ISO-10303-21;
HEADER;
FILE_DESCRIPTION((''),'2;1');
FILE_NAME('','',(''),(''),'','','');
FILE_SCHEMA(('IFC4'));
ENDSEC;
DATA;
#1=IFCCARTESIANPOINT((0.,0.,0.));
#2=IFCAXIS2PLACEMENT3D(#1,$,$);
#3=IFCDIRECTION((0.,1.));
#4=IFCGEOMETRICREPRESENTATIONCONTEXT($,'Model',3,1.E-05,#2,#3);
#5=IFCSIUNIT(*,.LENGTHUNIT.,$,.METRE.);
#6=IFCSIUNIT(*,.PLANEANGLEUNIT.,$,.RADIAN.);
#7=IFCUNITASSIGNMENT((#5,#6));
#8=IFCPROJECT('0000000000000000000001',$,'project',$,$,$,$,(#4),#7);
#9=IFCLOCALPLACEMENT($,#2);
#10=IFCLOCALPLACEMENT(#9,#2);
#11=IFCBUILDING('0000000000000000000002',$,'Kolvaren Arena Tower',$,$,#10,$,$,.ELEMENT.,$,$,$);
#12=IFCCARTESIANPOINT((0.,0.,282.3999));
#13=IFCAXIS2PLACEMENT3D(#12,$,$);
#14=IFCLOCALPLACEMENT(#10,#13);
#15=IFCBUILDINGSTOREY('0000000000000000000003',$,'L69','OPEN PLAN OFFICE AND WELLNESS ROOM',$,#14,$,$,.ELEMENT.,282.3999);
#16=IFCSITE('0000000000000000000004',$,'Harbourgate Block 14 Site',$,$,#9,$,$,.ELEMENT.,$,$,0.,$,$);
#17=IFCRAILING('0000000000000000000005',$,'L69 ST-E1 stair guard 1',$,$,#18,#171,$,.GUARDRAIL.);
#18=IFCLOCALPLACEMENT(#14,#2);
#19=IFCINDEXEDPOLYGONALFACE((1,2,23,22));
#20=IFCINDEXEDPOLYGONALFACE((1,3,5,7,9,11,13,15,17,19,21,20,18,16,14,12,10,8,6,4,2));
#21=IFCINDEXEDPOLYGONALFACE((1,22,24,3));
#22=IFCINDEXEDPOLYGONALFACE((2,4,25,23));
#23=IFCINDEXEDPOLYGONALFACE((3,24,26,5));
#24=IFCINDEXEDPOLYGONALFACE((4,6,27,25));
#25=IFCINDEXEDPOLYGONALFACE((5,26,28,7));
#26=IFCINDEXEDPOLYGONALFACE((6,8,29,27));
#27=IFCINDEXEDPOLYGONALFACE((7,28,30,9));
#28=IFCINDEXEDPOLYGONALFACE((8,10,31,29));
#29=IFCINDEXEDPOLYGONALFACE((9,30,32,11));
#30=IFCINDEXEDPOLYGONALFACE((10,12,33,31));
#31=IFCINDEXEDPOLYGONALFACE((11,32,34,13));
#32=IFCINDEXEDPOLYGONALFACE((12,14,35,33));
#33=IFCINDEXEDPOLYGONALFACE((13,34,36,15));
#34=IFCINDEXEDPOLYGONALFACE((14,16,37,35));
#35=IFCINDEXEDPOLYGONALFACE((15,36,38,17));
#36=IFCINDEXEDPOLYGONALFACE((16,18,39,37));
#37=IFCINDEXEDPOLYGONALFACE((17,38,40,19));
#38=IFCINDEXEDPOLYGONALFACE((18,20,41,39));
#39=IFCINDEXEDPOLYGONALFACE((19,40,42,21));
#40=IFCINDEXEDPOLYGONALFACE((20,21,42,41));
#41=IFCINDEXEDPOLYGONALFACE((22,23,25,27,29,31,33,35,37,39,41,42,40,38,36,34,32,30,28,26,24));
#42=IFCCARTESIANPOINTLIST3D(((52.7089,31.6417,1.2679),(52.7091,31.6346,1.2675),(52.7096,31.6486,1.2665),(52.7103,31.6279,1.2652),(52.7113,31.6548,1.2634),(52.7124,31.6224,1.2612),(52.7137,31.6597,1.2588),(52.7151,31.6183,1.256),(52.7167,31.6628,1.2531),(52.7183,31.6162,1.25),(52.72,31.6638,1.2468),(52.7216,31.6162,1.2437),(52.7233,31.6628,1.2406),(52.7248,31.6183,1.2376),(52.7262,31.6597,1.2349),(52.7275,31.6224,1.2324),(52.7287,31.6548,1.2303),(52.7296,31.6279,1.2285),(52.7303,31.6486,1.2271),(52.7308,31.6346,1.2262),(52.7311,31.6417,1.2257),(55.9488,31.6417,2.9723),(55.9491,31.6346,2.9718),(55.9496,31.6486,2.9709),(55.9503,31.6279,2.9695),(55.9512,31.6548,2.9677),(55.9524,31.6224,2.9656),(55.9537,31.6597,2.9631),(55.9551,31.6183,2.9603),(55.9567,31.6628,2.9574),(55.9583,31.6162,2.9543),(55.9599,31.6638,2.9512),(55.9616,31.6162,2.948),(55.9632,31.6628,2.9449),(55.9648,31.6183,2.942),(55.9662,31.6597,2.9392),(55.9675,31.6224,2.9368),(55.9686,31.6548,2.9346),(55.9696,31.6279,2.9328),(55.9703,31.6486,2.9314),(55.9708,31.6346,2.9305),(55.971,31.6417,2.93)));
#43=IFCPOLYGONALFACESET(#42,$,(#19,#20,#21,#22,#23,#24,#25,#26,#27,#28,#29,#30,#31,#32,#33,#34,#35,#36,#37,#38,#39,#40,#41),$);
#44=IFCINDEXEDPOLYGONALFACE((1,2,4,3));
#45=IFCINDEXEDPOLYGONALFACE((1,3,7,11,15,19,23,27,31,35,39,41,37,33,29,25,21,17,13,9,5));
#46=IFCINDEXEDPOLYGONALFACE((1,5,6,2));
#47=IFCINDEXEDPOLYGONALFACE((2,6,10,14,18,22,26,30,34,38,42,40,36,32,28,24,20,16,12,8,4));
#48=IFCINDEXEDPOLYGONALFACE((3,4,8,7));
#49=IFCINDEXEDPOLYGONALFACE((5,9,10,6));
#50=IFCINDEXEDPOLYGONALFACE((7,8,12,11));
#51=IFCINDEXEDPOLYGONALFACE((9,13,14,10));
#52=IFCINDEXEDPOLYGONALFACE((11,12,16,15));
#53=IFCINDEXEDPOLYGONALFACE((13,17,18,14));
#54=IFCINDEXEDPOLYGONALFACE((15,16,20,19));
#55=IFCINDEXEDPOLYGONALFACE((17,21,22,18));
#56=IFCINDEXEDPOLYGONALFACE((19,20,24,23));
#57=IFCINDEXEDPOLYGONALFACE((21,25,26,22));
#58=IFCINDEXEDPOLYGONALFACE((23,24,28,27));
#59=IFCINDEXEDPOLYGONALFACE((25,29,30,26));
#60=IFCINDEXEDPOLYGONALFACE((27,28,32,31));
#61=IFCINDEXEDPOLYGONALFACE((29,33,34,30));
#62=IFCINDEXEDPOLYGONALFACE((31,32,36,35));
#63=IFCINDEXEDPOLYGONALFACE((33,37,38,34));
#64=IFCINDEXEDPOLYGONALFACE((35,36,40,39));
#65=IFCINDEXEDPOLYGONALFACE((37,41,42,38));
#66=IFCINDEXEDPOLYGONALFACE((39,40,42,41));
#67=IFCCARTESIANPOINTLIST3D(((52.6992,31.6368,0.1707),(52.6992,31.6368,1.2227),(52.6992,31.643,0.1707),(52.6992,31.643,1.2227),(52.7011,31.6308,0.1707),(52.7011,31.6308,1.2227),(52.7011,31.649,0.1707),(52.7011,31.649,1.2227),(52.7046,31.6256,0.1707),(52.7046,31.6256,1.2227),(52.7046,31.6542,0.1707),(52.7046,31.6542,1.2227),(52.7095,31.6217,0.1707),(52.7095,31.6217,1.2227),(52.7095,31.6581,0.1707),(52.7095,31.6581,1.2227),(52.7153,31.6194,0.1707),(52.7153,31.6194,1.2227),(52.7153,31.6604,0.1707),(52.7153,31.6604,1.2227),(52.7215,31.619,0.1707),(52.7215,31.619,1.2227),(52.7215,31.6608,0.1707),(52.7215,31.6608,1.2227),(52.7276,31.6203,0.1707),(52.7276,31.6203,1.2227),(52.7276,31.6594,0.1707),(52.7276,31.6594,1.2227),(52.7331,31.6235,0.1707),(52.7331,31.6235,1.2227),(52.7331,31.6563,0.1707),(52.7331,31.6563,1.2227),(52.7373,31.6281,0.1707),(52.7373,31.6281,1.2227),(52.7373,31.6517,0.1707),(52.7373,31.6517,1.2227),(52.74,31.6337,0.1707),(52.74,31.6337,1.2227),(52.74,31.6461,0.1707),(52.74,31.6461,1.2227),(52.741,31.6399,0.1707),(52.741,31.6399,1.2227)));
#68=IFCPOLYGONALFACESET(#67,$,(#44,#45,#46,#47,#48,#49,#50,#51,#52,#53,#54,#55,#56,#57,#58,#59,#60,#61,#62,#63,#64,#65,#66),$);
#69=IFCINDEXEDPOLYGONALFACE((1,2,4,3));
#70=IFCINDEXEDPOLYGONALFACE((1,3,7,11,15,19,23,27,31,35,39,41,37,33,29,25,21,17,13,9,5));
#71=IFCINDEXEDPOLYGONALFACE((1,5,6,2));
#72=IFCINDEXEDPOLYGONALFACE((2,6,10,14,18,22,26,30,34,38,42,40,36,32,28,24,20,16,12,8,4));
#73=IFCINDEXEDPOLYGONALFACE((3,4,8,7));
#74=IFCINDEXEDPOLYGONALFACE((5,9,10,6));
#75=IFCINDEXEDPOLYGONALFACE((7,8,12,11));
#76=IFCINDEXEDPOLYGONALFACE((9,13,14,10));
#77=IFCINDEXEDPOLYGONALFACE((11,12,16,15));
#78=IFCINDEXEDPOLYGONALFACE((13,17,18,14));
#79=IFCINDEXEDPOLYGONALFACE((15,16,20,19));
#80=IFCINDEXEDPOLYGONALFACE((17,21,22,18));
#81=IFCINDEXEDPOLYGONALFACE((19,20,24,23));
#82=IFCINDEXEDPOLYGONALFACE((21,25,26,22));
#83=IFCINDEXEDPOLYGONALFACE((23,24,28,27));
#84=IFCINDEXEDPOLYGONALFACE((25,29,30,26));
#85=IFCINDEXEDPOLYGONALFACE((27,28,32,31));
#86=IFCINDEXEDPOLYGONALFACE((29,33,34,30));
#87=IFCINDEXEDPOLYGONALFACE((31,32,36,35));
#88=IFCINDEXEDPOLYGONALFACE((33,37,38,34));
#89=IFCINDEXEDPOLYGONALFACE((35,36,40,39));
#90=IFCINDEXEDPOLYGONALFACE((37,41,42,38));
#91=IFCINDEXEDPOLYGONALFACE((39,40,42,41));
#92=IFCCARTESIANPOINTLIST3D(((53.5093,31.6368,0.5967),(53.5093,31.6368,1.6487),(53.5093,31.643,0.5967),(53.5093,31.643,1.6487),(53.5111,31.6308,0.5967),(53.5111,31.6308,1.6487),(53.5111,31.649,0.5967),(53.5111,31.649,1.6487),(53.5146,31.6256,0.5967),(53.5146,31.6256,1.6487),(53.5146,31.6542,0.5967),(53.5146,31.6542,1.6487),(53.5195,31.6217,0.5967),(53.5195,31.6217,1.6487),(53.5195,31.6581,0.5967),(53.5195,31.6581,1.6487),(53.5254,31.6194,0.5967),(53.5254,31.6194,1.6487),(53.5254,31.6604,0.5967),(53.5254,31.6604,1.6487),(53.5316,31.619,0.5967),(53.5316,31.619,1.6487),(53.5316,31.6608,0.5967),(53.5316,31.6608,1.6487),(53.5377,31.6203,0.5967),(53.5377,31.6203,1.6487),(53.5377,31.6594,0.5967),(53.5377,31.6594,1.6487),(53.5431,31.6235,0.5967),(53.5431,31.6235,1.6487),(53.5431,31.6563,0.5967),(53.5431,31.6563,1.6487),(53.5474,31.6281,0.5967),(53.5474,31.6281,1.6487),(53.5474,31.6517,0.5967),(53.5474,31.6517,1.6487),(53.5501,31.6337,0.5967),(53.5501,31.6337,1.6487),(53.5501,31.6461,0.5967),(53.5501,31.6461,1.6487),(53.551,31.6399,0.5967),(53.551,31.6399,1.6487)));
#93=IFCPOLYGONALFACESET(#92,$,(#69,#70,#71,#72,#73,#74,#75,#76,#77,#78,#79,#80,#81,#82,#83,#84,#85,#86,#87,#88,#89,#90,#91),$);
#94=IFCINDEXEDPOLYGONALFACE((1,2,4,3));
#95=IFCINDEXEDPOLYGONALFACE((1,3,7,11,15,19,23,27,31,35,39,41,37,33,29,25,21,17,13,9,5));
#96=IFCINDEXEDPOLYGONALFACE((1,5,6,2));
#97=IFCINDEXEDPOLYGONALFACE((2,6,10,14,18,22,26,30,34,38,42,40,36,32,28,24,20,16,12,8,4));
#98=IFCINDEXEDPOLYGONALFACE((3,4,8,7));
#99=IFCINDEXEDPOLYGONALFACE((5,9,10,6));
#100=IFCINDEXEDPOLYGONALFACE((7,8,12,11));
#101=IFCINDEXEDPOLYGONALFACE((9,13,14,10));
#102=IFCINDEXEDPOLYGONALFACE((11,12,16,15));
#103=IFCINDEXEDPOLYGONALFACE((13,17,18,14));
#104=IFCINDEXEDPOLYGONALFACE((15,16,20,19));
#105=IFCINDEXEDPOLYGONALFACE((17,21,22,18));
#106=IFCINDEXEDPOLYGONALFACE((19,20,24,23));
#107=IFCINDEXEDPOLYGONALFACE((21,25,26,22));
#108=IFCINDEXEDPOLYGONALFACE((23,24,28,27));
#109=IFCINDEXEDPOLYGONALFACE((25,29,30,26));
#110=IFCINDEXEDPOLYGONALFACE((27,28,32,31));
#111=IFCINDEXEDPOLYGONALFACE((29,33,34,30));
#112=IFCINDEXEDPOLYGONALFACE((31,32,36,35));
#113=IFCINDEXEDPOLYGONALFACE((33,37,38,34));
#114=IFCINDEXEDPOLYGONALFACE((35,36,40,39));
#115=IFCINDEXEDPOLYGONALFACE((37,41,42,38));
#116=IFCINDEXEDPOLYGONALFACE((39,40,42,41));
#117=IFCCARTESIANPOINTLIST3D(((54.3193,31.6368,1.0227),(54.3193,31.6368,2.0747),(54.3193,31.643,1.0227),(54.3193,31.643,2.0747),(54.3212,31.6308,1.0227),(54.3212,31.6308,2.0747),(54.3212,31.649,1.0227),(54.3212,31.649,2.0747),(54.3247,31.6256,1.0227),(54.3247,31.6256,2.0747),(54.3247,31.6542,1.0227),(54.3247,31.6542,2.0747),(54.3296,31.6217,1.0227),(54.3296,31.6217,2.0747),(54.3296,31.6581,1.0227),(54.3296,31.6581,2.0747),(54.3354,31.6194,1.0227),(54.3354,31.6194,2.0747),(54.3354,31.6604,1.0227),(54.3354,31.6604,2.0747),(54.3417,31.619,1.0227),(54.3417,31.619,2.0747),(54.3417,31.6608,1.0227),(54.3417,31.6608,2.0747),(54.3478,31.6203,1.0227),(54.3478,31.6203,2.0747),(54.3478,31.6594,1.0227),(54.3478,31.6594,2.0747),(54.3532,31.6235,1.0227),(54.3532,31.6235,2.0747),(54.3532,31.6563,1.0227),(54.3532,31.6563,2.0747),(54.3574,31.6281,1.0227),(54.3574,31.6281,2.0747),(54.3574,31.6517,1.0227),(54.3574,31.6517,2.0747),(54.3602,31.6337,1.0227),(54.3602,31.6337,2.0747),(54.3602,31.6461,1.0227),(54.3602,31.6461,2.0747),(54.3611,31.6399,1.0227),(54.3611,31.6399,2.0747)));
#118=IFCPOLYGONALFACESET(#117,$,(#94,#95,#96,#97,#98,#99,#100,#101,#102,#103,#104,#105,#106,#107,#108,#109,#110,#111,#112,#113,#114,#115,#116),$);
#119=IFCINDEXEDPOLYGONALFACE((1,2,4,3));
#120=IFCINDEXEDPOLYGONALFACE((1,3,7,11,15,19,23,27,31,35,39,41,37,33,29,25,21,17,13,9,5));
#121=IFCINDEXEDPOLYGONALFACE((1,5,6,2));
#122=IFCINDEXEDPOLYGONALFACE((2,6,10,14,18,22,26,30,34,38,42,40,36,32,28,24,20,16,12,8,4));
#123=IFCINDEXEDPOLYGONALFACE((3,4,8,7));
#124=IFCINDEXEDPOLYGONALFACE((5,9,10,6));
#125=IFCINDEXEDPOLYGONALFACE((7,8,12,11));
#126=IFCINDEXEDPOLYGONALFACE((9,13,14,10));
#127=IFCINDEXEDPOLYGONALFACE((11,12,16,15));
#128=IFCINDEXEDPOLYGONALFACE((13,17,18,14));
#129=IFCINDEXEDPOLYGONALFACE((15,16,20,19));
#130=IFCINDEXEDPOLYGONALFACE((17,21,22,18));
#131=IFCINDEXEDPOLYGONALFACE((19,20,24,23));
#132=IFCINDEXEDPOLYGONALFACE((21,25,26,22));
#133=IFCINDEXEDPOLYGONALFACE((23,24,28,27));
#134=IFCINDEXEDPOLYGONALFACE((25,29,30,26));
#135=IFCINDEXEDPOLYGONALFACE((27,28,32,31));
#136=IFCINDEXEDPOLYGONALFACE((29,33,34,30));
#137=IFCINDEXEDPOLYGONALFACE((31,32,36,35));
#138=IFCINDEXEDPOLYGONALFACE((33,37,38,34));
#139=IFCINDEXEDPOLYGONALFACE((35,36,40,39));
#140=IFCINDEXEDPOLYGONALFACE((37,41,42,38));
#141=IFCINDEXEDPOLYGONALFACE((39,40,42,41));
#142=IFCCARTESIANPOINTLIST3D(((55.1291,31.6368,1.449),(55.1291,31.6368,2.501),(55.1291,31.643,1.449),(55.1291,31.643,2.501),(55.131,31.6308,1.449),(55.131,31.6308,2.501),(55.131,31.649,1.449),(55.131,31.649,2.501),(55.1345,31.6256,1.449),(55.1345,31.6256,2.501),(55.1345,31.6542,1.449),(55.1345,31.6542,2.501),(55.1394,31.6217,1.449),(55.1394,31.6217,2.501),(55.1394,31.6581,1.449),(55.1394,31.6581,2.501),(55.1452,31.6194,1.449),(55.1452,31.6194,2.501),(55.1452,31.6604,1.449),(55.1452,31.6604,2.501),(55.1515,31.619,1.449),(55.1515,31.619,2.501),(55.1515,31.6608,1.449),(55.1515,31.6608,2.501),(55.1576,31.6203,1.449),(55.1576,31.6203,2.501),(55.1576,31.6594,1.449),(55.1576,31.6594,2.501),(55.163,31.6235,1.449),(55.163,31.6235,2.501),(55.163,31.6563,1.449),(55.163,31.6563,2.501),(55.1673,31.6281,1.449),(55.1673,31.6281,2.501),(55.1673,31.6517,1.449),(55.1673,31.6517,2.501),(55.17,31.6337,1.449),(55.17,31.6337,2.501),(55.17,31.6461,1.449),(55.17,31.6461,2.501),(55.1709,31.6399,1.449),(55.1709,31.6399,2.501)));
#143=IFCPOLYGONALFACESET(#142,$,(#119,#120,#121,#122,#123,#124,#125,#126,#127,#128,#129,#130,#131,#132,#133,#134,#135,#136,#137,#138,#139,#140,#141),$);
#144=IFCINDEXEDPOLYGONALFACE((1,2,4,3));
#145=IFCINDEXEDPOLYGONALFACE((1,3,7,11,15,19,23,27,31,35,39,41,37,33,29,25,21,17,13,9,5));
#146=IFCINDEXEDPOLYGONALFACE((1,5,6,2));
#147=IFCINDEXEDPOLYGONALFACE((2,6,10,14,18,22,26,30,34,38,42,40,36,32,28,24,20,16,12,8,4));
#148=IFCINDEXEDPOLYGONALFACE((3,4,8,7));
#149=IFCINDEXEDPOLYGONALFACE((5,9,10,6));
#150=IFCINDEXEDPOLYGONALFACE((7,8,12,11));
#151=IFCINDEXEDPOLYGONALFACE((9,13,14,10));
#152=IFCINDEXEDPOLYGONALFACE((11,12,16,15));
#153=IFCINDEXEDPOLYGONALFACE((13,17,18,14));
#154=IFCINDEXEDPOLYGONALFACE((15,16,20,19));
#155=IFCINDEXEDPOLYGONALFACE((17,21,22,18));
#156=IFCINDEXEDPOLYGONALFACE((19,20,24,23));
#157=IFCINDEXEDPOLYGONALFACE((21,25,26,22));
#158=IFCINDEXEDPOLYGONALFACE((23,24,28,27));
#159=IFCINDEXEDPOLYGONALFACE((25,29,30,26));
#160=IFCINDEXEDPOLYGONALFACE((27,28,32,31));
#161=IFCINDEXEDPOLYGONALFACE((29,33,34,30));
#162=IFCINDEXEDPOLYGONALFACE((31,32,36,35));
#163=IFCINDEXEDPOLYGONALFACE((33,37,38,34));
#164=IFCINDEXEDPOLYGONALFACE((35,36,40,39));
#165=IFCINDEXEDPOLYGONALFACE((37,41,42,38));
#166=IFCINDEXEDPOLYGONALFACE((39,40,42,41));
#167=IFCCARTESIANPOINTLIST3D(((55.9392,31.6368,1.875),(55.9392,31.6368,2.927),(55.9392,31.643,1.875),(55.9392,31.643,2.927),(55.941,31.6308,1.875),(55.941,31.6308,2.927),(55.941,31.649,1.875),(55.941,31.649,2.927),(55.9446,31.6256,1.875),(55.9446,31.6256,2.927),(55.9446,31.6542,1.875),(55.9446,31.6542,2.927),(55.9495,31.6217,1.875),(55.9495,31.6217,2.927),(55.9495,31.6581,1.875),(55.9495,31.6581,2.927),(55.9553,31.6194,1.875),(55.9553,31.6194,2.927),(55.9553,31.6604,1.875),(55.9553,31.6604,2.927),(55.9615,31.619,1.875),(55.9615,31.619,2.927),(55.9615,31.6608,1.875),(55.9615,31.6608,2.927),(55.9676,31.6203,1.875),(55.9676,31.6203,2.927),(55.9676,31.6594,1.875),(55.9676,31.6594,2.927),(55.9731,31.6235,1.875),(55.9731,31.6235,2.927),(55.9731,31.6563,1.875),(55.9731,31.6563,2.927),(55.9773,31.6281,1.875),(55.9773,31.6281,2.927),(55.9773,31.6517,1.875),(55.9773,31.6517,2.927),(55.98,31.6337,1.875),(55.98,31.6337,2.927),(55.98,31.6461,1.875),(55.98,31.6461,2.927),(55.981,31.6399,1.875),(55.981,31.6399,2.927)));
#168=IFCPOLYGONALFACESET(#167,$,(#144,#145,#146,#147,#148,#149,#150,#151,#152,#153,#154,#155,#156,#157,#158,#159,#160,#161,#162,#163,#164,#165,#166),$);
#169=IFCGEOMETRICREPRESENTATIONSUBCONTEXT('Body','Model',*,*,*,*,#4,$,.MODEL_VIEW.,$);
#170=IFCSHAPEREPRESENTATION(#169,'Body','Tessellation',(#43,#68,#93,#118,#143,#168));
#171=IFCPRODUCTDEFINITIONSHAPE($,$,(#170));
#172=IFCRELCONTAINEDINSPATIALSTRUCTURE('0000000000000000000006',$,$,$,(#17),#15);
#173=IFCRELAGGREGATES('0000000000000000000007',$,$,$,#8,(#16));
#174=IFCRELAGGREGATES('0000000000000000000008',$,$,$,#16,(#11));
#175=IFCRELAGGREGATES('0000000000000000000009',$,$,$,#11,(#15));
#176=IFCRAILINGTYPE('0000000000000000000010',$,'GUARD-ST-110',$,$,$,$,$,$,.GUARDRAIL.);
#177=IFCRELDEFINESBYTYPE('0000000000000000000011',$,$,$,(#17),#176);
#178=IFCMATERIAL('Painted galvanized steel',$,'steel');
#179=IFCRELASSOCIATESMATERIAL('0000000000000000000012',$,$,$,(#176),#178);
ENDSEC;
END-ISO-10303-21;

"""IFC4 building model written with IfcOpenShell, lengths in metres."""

from ifc_helpers import new_model, si_unit, direction, frame, origin, origin_2d, place, context, subcontext, project, spatial, circle, extrude, material, type_object, element, save


model = new_model("IFC4")

# Units and contexts
model_context = context("Model", 3, precision=1e-05, world=origin(), true_north=direction((0.0, 1.0)))
body_context = subcontext(model_context, "Body", "Model", "MODEL_VIEW")
ifc_project = project(units=[si_unit("LENGTHUNIT", "METRE"), si_unit("PLANEANGLEUNIT", "RADIAN")], contexts=[model_context])

# Site, building, storey
site_placement = place(None, origin())
site = spatial("IfcSite", under=ifc_project, at=site_placement, Name="Harbourgate Block 14 Site", CompositionType="ELEMENT", RefElevation=0.0)
building_placement = place(site_placement, origin())
building = spatial("IfcBuilding", under=site, at=building_placement, Name="Kolvaren Arena Tower", CompositionType="ELEMENT")
storey_placement = place(building_placement, frame((0.0, 0.0, 282.3999)))
storey = spatial("IfcBuildingStorey", under=building, at=storey_placement, Name="L69", Description="OPEN PLAN OFFICE AND WELLNESS ROOM", CompositionType="ELEMENT", Elevation=282.3999)

# Railing
ifc_material_1 = material(Name="Painted galvanized steel", Category="steel")
railing_type_1 = type_object("IfcRailingType", Name="GUARD-ST-110", PredefinedType="GUARDRAIL", material=ifc_material_1)
railing_1_placement = place(storey_placement, frame((52.72, 31.6399, 0.1707)))
element("IfcRailing", 1, at=railing_1_placement, inside=storey, type_object=railing_type_1, Name="L69 ST-E1 stair guard 1", PredefinedType="GUARDRAIL", context=body_context, shape_type="SweptSolid", body=[
    extrude(circle(Radius=0.0239, at=origin_2d()), frame((0.0, 0.0, 1.0762), z_axis=(0.885021, 0.0, 0.465551), x_axis=(0.0, 1.0, 0.0)), (0.0, 0.0, 1.0), 3.6609),
    extrude(circle(Radius=0.021, at=origin_2d()), origin(), (0.0, 0.0, 1.0), 1.052),
    extrude(circle(Radius=0.021, at=origin_2d()), frame((0.8101, 0.0, 0.426)), (0.0, 0.0, 1.0), 1.052),
    extrude(circle(Radius=0.021, at=origin_2d()), frame((1.6201, 0.0, 0.8521)), (0.0, 0.0, 1.0), 1.052),
    extrude(circle(Radius=0.021, at=origin_2d()), frame((2.4299, 0.0, 1.2783)), (0.0, 0.0, 1.0), 1.052),
    extrude(circle(Radius=0.021, at=origin_2d()), frame((3.24, 0.0, 1.7043)), (0.0, 0.0, 1.0), 1.052),
])

save(model, "model.ifc")
